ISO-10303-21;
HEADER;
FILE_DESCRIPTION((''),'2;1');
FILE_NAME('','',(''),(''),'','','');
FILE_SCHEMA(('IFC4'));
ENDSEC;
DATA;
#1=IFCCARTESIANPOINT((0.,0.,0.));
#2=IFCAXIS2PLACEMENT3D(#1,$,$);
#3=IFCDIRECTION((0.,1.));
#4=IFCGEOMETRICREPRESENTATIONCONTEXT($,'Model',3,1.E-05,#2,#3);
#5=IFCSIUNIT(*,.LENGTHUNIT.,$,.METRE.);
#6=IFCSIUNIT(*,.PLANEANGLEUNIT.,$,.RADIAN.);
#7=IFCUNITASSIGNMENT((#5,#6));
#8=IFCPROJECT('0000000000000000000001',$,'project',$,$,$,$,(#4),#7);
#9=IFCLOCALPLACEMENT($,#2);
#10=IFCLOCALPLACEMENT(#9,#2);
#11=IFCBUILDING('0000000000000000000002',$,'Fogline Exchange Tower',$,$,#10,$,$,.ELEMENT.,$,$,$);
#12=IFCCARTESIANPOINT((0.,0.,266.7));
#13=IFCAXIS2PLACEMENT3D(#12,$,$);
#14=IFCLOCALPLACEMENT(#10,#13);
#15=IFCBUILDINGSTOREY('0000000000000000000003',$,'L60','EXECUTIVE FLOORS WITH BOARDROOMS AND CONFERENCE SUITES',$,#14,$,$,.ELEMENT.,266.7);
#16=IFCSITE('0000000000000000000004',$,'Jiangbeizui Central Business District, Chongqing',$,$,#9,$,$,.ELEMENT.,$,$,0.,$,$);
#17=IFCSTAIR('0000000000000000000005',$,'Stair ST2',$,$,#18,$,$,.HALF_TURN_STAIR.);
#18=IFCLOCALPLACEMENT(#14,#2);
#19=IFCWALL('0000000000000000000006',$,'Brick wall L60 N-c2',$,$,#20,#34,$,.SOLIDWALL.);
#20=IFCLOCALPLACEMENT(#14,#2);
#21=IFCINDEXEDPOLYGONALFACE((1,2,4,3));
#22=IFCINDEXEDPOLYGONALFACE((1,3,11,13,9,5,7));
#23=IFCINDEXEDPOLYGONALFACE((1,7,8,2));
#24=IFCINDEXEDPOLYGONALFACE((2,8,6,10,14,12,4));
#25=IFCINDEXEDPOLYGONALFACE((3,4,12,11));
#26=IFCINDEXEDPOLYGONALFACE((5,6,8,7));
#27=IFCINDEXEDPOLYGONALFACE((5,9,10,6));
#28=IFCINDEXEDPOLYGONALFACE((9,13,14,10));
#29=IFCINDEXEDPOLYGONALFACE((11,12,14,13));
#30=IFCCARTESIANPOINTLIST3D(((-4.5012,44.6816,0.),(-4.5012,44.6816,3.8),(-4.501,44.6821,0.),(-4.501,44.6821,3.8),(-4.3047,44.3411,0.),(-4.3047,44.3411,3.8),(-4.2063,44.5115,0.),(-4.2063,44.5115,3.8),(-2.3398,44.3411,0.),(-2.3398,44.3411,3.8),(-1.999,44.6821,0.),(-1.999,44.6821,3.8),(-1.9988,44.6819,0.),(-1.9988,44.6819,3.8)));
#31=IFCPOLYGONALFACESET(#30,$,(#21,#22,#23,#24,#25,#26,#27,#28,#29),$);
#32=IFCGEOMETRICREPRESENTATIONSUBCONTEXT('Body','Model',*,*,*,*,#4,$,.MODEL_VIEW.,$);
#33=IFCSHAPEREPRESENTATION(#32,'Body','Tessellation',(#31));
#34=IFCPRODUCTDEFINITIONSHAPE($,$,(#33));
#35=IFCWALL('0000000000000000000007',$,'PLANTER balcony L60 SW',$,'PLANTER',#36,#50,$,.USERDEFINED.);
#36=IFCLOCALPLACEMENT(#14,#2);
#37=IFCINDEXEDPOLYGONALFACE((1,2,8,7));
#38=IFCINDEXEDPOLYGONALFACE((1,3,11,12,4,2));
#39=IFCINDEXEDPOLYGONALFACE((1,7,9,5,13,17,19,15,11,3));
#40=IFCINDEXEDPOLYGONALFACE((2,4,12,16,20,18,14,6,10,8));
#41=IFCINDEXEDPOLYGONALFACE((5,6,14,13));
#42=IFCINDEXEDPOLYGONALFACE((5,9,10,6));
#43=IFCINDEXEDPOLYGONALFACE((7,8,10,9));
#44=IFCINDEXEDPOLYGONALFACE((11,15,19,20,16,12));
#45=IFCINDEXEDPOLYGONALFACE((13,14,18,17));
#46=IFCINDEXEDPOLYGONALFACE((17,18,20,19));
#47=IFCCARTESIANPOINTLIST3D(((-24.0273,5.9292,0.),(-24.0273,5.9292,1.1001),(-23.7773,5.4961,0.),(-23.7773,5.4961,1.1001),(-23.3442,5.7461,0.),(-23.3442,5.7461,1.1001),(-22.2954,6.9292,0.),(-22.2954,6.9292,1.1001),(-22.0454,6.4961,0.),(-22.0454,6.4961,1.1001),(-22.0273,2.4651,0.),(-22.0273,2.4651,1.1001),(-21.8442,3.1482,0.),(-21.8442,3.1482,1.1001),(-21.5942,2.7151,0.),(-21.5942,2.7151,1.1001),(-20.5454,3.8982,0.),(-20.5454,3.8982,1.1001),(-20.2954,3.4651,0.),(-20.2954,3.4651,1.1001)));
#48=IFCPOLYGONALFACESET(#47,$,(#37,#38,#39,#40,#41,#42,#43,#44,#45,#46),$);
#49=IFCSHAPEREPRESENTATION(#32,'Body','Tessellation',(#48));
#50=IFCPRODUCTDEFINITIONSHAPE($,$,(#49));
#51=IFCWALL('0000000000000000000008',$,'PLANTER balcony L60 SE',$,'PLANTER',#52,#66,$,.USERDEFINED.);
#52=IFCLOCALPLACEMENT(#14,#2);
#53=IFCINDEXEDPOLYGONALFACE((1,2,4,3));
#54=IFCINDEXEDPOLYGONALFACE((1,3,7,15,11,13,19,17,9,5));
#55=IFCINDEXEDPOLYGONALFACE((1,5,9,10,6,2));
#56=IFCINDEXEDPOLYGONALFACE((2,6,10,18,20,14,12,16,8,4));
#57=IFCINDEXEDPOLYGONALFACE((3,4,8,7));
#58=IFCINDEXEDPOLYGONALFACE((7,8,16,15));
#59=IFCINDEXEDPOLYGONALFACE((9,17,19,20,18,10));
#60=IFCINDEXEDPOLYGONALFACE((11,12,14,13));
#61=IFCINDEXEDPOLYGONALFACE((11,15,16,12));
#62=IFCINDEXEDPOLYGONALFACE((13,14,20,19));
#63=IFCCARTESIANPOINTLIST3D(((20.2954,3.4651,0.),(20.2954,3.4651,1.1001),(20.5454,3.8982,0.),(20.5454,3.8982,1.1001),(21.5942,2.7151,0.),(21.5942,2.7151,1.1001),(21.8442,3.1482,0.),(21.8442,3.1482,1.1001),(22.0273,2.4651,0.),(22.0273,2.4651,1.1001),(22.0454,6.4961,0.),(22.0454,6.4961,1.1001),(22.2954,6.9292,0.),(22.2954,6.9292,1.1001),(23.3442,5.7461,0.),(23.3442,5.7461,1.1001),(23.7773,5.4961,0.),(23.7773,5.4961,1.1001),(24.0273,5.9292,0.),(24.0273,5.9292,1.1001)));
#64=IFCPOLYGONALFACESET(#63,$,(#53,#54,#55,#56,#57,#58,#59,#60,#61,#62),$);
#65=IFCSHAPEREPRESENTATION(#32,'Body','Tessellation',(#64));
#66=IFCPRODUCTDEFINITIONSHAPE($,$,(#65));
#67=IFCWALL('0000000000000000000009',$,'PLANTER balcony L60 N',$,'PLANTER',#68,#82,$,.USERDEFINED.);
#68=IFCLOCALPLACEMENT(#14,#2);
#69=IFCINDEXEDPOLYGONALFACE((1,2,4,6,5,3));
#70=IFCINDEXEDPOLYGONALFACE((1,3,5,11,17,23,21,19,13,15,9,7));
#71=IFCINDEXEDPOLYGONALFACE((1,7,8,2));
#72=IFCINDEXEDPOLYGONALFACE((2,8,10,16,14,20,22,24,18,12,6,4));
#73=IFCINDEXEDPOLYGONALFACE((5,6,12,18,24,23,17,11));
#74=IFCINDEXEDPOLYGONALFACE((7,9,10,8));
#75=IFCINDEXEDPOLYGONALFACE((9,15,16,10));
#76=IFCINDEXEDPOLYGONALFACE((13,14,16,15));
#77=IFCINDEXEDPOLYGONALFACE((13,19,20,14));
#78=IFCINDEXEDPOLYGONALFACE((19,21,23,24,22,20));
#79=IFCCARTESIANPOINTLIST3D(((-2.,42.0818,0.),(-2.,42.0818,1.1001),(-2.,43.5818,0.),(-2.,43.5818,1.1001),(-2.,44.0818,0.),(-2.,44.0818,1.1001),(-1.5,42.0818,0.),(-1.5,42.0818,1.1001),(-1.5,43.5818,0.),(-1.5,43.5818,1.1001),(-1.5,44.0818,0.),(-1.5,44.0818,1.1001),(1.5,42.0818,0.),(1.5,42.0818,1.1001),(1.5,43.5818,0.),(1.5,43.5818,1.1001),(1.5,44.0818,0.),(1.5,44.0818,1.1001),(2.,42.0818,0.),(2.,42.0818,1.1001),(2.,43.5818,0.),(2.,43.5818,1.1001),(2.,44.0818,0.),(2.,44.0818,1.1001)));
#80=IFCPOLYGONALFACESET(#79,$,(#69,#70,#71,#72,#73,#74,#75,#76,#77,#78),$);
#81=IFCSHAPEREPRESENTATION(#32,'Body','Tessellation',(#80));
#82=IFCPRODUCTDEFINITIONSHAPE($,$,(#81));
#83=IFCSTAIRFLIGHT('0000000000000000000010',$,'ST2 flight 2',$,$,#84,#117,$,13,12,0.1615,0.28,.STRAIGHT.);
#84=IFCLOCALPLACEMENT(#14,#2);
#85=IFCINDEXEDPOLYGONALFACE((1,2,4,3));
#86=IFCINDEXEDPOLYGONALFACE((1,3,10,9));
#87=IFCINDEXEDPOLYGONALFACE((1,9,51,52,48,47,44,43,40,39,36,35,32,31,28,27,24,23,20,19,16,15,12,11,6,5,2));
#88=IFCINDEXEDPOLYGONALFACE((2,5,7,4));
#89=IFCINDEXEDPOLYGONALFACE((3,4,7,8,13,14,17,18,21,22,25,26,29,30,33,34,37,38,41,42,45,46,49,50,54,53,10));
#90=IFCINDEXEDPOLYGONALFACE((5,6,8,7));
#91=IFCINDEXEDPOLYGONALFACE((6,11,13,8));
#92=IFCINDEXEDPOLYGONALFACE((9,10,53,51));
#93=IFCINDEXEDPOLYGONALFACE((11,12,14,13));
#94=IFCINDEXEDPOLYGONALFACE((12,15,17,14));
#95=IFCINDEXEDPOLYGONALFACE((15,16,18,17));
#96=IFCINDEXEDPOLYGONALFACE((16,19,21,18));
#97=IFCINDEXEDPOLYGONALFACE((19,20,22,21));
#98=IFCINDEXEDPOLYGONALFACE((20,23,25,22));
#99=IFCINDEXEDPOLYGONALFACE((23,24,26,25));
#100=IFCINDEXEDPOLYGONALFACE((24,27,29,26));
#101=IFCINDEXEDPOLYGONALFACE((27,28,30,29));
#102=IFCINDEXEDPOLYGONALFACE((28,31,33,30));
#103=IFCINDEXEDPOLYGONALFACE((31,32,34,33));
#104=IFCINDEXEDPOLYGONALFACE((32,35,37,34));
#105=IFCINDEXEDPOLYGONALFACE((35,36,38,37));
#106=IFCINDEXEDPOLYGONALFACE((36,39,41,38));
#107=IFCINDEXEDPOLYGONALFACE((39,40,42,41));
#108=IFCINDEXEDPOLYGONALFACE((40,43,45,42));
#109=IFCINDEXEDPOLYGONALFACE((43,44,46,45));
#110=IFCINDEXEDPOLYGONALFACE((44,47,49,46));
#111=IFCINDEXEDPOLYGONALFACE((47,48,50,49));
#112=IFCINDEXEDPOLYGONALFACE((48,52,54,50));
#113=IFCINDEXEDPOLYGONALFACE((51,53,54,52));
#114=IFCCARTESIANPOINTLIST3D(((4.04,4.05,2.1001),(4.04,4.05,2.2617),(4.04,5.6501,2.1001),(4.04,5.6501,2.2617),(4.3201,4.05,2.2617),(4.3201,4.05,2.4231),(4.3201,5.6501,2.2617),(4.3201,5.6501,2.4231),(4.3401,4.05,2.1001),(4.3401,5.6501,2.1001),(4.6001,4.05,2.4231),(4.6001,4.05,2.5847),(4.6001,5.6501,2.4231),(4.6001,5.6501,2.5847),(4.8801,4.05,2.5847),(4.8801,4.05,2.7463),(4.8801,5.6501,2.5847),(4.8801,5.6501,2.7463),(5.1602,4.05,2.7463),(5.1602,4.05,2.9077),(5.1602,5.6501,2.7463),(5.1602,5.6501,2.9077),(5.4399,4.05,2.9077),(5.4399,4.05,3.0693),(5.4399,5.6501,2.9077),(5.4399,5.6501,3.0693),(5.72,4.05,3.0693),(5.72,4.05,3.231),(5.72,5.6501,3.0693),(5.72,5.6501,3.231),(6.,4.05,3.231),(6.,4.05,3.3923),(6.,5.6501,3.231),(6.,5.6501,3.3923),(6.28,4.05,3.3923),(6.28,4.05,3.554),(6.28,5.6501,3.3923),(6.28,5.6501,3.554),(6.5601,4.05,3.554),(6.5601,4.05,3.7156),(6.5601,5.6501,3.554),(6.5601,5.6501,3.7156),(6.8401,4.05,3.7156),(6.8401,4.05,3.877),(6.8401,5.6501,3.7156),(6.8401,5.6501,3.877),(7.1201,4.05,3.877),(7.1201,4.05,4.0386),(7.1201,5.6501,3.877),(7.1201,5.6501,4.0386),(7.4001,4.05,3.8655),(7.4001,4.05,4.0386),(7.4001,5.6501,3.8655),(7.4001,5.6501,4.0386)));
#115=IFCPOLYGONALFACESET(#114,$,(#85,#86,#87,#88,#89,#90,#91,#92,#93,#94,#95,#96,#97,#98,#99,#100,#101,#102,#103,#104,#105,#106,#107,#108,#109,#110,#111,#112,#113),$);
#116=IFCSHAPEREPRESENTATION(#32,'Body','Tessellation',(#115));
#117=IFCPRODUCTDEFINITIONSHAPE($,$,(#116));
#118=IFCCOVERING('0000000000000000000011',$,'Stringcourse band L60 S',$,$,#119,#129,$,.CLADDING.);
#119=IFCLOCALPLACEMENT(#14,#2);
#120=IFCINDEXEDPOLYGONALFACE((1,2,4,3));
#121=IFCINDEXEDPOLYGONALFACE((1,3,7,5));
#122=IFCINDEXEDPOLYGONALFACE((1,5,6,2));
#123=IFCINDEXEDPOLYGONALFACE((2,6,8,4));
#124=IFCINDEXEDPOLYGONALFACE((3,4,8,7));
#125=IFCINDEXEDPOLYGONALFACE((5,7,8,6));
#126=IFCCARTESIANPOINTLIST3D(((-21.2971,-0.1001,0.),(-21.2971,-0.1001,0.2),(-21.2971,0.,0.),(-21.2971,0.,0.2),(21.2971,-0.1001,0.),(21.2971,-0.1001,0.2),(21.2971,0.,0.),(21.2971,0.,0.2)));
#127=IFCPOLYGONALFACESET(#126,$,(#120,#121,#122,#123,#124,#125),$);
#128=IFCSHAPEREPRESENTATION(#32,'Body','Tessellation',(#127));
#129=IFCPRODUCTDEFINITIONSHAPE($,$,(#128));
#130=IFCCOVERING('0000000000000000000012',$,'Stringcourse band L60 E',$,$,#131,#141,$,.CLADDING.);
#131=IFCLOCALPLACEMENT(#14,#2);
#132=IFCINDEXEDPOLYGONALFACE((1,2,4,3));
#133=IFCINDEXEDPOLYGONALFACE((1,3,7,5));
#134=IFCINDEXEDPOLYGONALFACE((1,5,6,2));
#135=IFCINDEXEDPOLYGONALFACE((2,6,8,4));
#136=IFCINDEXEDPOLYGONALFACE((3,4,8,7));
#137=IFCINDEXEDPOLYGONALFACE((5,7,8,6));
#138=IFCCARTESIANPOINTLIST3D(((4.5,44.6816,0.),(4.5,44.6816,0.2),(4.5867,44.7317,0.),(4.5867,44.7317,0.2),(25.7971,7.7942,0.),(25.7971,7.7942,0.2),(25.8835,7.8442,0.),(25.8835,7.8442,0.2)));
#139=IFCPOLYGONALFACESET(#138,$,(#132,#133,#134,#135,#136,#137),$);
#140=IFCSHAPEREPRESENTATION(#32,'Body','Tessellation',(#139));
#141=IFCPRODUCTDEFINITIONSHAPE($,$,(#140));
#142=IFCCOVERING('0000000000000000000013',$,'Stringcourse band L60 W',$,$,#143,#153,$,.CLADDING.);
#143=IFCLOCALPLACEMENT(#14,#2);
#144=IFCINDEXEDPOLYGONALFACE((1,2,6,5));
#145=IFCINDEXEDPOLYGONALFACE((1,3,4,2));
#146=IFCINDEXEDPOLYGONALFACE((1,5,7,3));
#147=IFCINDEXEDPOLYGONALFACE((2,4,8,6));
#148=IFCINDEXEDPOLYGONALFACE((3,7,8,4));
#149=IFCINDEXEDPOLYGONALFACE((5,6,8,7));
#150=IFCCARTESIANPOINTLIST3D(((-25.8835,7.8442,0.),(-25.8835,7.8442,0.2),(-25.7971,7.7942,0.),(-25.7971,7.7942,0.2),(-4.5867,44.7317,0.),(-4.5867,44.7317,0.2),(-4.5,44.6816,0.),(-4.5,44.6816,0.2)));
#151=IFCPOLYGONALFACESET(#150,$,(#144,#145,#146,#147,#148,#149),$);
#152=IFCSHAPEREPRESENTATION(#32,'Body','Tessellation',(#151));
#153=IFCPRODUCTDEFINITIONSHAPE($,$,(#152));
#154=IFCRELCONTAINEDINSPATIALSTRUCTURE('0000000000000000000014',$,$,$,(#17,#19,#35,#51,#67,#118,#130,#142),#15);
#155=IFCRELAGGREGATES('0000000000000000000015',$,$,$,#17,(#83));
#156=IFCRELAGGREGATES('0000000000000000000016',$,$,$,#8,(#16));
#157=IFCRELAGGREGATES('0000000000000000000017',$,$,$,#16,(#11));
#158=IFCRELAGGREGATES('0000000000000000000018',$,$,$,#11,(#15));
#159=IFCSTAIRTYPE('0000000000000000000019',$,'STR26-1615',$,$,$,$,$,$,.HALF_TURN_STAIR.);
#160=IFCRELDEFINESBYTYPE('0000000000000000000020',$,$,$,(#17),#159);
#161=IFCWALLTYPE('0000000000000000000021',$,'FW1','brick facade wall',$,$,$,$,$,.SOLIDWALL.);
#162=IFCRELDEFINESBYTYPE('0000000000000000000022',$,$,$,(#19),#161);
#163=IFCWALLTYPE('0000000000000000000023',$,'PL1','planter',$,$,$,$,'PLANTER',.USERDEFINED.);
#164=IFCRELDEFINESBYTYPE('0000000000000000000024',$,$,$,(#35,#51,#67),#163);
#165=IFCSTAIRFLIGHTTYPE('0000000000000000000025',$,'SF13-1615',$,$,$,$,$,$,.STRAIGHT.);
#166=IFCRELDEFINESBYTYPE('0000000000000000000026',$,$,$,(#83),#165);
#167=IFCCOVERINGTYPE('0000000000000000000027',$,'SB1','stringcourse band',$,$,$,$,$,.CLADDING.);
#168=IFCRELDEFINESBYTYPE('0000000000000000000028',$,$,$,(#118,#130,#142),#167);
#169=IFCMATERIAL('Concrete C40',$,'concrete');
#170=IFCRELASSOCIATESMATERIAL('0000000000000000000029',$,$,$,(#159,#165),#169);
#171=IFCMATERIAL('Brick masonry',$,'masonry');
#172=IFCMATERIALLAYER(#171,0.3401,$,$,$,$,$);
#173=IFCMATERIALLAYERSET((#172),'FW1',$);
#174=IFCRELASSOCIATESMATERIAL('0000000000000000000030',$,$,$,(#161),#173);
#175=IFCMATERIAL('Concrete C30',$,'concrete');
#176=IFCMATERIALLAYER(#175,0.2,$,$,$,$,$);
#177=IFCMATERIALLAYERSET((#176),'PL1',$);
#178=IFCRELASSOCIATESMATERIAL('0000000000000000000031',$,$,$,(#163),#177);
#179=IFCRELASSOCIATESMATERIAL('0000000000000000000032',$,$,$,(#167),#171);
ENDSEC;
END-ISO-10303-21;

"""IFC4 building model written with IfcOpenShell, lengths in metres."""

from ifc_helpers import new_model, si_unit, direction, frame, origin, place, context, subcontext, project, spatial, polyline, outline, extrude, material, layer, layer_set, type_object, element, aggregate, save


model = new_model("IFC4")

# Units and contexts
model_context = context("Model", 3, precision=1e-05, world=origin(), true_north=direction((0.0, 1.0)))
body_context = subcontext(model_context, "Body", "Model", "MODEL_VIEW")
ifc_project = project(units=[si_unit("LENGTHUNIT", "METRE"), si_unit("PLANEANGLEUNIT", "RADIAN")], contexts=[model_context])

# Site, building, storey
site_placement = place(None, origin())
site = spatial("IfcSite", under=ifc_project, at=site_placement, Name="Jiangbeizui Central Business District, Chongqing", CompositionType="ELEMENT", RefElevation=0.0)
building_placement = place(site_placement, origin())
building = spatial("IfcBuilding", under=site, at=building_placement, Name="Fogline Exchange Tower", CompositionType="ELEMENT")
storey_placement = place(building_placement, frame((0.0, 0.0, 266.7)))
storey = spatial("IfcBuildingStorey", under=building, at=storey_placement, Name="L60", Description="EXECUTIVE FLOORS WITH BOARDROOMS AND CONFERENCE SUITES", CompositionType="ELEMENT", Elevation=266.7)

# Shared definitions
ifc_material_1 = material(Name="Concrete C40", Category="concrete")

# Stair
stair_type = type_object("IfcStairType", Name="STR26-1615", PredefinedType="HALF_TURN_STAIR", material=ifc_material_1)
stair_1_placement = place(storey_placement, origin())
stair_1 = element("IfcStair", 1, at=stair_1_placement, inside=storey, type_object=stair_type, Name="Stair ST2", PredefinedType="HALF_TURN_STAIR")

# Walls
ifc_material_2 = material(Name="Brick masonry", Category="masonry")
ifc_layer_1 = layer(ifc_material_2, 0.3401)
ifc_layer_set_1 = layer_set([ifc_layer_1], Name="FW1")
wall_type_1 = type_object("IfcWallType", Name="FW1", Description="brick facade wall", PredefinedType="SOLIDWALL", material=ifc_layer_set_1)
wall_1_placement = place(storey_placement, origin())
element("IfcWall", 2, at=wall_1_placement, inside=storey, type_object=wall_type_1, Name="Brick wall L60 N-c2", PredefinedType="SOLIDWALL", context=body_context, shape_type="SweptSolid", body=[
    extrude(outline(polyline([(-4.3047, 44.3411), (-4.2063, 44.5115), (-4.5012, 44.6816), (-4.501, 44.6821), (-1.999, 44.6821), (-1.9988, 44.6819), (-2.3398, 44.3411), (-4.3047, 44.3411)])), origin(), (0.0, 0.0, 1.0), 3.8),
])
ifc_material_3 = material(Name="Concrete C30", Category="concrete")
ifc_layer_2 = layer(ifc_material_3, 0.2)
ifc_layer_set_2 = layer_set([ifc_layer_2], Name="PL1")
wall_type_2 = type_object("IfcWallType", Name="PL1", Description="planter", ElementType="PLANTER", PredefinedType="USERDEFINED", material=ifc_layer_set_2)
wall_2_placement = place(storey_placement, origin())
element("IfcWall", 3, at=wall_2_placement, inside=storey, type_object=wall_type_2, Name="PLANTER balcony L60 SW", ObjectType="PLANTER", PredefinedType="USERDEFINED", context=body_context, shape_type="SweptSolid", body=[
    extrude(outline(polyline([(-20.5454, 3.8982), (-21.8442, 3.1482), (-23.3442, 5.7461), (-22.0454, 6.4961), (-22.2954, 6.9292), (-24.0273, 5.9292), (-23.7773, 5.4961), (-22.0273, 2.4651), (-21.5942, 2.7151), (-21.5942, 2.7151), (-20.2954, 3.4651), (-20.5454, 3.8982)])), origin(), (0.0, 0.0, 1.0), 1.1001),
])
wall_3_placement = place(storey_placement, origin())
element("IfcWall", 4, at=wall_3_placement, inside=storey, type_object=wall_type_2, Name="PLANTER balcony L60 SE", ObjectType="PLANTER", PredefinedType="USERDEFINED", context=body_context, shape_type="SweptSolid", body=[
    extrude(outline(polyline([(20.2954, 3.4651), (21.5942, 2.7151), (21.5942, 2.7151), (22.0273, 2.4651), (23.7773, 5.4961), (24.0273, 5.9292), (22.2954, 6.9292), (22.0454, 6.4961), (23.3442, 5.7461), (21.8442, 3.1482), (20.5454, 3.8982), (20.2954, 3.4651)])), origin(), (0.0, 0.0, 1.0), 1.1001),
])
wall_4_placement = place(storey_placement, origin())
element("IfcWall", 5, at=wall_4_placement, inside=storey, type_object=wall_type_2, Name="PLANTER balcony L60 N", ObjectType="PLANTER", PredefinedType="USERDEFINED", context=body_context, shape_type="SweptSolid", body=[
    extrude(outline(polyline([(-1.5, 44.0818), (-2.0, 44.0818), (-2.0, 43.5818), (-2.0, 42.0818), (-1.5, 42.0818), (-1.5, 43.5818), (1.5, 43.5818), (1.5, 42.0818), (2.0, 42.0818), (2.0, 43.5818), (2.0, 44.0818), (1.5, 44.0818), (-1.5, 44.0818)])), origin(), (0.0, 0.0, 1.0), 1.1001),
])

# Stair flight
stair_flight_type = type_object("IfcStairFlightType", Name="SF13-1615", PredefinedType="STRAIGHT", material=ifc_material_1)
stair_flight_placement = place(storey_placement, frame((4.04, 4.8501, 2.1001), z_axis=(0.0, 0.0, 1.0), x_axis=(1.0, 0.0, 0.0)))
stair_flight = element("IfcStairFlight", 6, at=stair_flight_placement, type_object=stair_flight_type, Name="ST2 flight 2", NumberOfRisers=13, NumberOfTreads=12, PredefinedType="STRAIGHT", RiserHeight=0.1615, TreadLength=0.28, context=body_context, shape_type="SweptSolid", body=[
    extrude(outline(polyline([(0.0, 0.0), (0.0, 0.1616), (0.28, 0.1616), (0.28, 0.323), (0.5601, 0.323), (0.5601, 0.4846), (0.8401, 0.4846), (0.8401, 0.6462), (1.1201, 0.6462), (1.1201, 0.8076), (1.3999, 0.8076), (1.3999, 0.9692), (1.6799, 0.9692), (1.6799, 1.1309), (1.96, 1.1309), (1.96, 1.2922), (2.24, 1.2922), (2.24, 1.4539), (2.52, 1.4539), (2.52, 1.6155), (2.8, 1.6155), (2.8, 1.7769), (3.0801, 1.7769), (3.0801, 1.9385), (3.3601, 1.9385), (3.3601, 2.1001), (3.3601, 1.7654), (0.3, 0.0), (0.0, 0.0)])), frame((0.0, 0.8, 0.0), z_axis=(0.0, -1.0, 0.0), x_axis=(1.0, 0.0, 0.0)), (0.0, 0.0, 1.0), 1.6001),
])
aggregate(stair_1, [stair_flight])

# Coverings
covering_type = type_object("IfcCoveringType", Name="SB1", Description="stringcourse band", PredefinedType="CLADDING", material=ifc_material_2)
covering_1_placement = place(storey_placement, origin())
element("IfcCovering", 7, at=covering_1_placement, inside=storey, type_object=covering_type, Name="Stringcourse band L60 S", PredefinedType="CLADDING", context=body_context, shape_type="SweptSolid", body=[
    extrude(outline(polyline([(-21.2971, 0.0), (-21.2971, -0.1001), (21.2971, -0.1001), (21.2971, 0.0), (-21.2971, 0.0)])), origin(), (0.0, 0.0, 1.0), 0.2),
])
covering_2_placement = place(storey_placement, origin())
element("IfcCovering", 8, at=covering_2_placement, inside=storey, type_object=covering_type, Name="Stringcourse band L60 E", PredefinedType="CLADDING", context=body_context, shape_type="SweptSolid", body=[
    extrude(outline(polyline([(25.7971, 7.7942), (25.8835, 7.8442), (4.5867, 44.7317), (4.5, 44.6816), (25.7971, 7.7942)])), origin(), (0.0, 0.0, 1.0), 0.2),
])
covering_3_placement = place(storey_placement, origin())
element("IfcCovering", 9, at=covering_3_placement, inside=storey, type_object=covering_type, Name="Stringcourse band L60 W", PredefinedType="CLADDING", context=body_context, shape_type="SweptSolid", body=[
    extrude(outline(polyline([(-4.5, 44.6816), (-4.5867, 44.7317), (-25.8835, 7.8442), (-25.7971, 7.7942), (-4.5, 44.6816)])), origin(), (0.0, 0.0, 1.0), 0.2),
])

save(model, "model.ifc")
